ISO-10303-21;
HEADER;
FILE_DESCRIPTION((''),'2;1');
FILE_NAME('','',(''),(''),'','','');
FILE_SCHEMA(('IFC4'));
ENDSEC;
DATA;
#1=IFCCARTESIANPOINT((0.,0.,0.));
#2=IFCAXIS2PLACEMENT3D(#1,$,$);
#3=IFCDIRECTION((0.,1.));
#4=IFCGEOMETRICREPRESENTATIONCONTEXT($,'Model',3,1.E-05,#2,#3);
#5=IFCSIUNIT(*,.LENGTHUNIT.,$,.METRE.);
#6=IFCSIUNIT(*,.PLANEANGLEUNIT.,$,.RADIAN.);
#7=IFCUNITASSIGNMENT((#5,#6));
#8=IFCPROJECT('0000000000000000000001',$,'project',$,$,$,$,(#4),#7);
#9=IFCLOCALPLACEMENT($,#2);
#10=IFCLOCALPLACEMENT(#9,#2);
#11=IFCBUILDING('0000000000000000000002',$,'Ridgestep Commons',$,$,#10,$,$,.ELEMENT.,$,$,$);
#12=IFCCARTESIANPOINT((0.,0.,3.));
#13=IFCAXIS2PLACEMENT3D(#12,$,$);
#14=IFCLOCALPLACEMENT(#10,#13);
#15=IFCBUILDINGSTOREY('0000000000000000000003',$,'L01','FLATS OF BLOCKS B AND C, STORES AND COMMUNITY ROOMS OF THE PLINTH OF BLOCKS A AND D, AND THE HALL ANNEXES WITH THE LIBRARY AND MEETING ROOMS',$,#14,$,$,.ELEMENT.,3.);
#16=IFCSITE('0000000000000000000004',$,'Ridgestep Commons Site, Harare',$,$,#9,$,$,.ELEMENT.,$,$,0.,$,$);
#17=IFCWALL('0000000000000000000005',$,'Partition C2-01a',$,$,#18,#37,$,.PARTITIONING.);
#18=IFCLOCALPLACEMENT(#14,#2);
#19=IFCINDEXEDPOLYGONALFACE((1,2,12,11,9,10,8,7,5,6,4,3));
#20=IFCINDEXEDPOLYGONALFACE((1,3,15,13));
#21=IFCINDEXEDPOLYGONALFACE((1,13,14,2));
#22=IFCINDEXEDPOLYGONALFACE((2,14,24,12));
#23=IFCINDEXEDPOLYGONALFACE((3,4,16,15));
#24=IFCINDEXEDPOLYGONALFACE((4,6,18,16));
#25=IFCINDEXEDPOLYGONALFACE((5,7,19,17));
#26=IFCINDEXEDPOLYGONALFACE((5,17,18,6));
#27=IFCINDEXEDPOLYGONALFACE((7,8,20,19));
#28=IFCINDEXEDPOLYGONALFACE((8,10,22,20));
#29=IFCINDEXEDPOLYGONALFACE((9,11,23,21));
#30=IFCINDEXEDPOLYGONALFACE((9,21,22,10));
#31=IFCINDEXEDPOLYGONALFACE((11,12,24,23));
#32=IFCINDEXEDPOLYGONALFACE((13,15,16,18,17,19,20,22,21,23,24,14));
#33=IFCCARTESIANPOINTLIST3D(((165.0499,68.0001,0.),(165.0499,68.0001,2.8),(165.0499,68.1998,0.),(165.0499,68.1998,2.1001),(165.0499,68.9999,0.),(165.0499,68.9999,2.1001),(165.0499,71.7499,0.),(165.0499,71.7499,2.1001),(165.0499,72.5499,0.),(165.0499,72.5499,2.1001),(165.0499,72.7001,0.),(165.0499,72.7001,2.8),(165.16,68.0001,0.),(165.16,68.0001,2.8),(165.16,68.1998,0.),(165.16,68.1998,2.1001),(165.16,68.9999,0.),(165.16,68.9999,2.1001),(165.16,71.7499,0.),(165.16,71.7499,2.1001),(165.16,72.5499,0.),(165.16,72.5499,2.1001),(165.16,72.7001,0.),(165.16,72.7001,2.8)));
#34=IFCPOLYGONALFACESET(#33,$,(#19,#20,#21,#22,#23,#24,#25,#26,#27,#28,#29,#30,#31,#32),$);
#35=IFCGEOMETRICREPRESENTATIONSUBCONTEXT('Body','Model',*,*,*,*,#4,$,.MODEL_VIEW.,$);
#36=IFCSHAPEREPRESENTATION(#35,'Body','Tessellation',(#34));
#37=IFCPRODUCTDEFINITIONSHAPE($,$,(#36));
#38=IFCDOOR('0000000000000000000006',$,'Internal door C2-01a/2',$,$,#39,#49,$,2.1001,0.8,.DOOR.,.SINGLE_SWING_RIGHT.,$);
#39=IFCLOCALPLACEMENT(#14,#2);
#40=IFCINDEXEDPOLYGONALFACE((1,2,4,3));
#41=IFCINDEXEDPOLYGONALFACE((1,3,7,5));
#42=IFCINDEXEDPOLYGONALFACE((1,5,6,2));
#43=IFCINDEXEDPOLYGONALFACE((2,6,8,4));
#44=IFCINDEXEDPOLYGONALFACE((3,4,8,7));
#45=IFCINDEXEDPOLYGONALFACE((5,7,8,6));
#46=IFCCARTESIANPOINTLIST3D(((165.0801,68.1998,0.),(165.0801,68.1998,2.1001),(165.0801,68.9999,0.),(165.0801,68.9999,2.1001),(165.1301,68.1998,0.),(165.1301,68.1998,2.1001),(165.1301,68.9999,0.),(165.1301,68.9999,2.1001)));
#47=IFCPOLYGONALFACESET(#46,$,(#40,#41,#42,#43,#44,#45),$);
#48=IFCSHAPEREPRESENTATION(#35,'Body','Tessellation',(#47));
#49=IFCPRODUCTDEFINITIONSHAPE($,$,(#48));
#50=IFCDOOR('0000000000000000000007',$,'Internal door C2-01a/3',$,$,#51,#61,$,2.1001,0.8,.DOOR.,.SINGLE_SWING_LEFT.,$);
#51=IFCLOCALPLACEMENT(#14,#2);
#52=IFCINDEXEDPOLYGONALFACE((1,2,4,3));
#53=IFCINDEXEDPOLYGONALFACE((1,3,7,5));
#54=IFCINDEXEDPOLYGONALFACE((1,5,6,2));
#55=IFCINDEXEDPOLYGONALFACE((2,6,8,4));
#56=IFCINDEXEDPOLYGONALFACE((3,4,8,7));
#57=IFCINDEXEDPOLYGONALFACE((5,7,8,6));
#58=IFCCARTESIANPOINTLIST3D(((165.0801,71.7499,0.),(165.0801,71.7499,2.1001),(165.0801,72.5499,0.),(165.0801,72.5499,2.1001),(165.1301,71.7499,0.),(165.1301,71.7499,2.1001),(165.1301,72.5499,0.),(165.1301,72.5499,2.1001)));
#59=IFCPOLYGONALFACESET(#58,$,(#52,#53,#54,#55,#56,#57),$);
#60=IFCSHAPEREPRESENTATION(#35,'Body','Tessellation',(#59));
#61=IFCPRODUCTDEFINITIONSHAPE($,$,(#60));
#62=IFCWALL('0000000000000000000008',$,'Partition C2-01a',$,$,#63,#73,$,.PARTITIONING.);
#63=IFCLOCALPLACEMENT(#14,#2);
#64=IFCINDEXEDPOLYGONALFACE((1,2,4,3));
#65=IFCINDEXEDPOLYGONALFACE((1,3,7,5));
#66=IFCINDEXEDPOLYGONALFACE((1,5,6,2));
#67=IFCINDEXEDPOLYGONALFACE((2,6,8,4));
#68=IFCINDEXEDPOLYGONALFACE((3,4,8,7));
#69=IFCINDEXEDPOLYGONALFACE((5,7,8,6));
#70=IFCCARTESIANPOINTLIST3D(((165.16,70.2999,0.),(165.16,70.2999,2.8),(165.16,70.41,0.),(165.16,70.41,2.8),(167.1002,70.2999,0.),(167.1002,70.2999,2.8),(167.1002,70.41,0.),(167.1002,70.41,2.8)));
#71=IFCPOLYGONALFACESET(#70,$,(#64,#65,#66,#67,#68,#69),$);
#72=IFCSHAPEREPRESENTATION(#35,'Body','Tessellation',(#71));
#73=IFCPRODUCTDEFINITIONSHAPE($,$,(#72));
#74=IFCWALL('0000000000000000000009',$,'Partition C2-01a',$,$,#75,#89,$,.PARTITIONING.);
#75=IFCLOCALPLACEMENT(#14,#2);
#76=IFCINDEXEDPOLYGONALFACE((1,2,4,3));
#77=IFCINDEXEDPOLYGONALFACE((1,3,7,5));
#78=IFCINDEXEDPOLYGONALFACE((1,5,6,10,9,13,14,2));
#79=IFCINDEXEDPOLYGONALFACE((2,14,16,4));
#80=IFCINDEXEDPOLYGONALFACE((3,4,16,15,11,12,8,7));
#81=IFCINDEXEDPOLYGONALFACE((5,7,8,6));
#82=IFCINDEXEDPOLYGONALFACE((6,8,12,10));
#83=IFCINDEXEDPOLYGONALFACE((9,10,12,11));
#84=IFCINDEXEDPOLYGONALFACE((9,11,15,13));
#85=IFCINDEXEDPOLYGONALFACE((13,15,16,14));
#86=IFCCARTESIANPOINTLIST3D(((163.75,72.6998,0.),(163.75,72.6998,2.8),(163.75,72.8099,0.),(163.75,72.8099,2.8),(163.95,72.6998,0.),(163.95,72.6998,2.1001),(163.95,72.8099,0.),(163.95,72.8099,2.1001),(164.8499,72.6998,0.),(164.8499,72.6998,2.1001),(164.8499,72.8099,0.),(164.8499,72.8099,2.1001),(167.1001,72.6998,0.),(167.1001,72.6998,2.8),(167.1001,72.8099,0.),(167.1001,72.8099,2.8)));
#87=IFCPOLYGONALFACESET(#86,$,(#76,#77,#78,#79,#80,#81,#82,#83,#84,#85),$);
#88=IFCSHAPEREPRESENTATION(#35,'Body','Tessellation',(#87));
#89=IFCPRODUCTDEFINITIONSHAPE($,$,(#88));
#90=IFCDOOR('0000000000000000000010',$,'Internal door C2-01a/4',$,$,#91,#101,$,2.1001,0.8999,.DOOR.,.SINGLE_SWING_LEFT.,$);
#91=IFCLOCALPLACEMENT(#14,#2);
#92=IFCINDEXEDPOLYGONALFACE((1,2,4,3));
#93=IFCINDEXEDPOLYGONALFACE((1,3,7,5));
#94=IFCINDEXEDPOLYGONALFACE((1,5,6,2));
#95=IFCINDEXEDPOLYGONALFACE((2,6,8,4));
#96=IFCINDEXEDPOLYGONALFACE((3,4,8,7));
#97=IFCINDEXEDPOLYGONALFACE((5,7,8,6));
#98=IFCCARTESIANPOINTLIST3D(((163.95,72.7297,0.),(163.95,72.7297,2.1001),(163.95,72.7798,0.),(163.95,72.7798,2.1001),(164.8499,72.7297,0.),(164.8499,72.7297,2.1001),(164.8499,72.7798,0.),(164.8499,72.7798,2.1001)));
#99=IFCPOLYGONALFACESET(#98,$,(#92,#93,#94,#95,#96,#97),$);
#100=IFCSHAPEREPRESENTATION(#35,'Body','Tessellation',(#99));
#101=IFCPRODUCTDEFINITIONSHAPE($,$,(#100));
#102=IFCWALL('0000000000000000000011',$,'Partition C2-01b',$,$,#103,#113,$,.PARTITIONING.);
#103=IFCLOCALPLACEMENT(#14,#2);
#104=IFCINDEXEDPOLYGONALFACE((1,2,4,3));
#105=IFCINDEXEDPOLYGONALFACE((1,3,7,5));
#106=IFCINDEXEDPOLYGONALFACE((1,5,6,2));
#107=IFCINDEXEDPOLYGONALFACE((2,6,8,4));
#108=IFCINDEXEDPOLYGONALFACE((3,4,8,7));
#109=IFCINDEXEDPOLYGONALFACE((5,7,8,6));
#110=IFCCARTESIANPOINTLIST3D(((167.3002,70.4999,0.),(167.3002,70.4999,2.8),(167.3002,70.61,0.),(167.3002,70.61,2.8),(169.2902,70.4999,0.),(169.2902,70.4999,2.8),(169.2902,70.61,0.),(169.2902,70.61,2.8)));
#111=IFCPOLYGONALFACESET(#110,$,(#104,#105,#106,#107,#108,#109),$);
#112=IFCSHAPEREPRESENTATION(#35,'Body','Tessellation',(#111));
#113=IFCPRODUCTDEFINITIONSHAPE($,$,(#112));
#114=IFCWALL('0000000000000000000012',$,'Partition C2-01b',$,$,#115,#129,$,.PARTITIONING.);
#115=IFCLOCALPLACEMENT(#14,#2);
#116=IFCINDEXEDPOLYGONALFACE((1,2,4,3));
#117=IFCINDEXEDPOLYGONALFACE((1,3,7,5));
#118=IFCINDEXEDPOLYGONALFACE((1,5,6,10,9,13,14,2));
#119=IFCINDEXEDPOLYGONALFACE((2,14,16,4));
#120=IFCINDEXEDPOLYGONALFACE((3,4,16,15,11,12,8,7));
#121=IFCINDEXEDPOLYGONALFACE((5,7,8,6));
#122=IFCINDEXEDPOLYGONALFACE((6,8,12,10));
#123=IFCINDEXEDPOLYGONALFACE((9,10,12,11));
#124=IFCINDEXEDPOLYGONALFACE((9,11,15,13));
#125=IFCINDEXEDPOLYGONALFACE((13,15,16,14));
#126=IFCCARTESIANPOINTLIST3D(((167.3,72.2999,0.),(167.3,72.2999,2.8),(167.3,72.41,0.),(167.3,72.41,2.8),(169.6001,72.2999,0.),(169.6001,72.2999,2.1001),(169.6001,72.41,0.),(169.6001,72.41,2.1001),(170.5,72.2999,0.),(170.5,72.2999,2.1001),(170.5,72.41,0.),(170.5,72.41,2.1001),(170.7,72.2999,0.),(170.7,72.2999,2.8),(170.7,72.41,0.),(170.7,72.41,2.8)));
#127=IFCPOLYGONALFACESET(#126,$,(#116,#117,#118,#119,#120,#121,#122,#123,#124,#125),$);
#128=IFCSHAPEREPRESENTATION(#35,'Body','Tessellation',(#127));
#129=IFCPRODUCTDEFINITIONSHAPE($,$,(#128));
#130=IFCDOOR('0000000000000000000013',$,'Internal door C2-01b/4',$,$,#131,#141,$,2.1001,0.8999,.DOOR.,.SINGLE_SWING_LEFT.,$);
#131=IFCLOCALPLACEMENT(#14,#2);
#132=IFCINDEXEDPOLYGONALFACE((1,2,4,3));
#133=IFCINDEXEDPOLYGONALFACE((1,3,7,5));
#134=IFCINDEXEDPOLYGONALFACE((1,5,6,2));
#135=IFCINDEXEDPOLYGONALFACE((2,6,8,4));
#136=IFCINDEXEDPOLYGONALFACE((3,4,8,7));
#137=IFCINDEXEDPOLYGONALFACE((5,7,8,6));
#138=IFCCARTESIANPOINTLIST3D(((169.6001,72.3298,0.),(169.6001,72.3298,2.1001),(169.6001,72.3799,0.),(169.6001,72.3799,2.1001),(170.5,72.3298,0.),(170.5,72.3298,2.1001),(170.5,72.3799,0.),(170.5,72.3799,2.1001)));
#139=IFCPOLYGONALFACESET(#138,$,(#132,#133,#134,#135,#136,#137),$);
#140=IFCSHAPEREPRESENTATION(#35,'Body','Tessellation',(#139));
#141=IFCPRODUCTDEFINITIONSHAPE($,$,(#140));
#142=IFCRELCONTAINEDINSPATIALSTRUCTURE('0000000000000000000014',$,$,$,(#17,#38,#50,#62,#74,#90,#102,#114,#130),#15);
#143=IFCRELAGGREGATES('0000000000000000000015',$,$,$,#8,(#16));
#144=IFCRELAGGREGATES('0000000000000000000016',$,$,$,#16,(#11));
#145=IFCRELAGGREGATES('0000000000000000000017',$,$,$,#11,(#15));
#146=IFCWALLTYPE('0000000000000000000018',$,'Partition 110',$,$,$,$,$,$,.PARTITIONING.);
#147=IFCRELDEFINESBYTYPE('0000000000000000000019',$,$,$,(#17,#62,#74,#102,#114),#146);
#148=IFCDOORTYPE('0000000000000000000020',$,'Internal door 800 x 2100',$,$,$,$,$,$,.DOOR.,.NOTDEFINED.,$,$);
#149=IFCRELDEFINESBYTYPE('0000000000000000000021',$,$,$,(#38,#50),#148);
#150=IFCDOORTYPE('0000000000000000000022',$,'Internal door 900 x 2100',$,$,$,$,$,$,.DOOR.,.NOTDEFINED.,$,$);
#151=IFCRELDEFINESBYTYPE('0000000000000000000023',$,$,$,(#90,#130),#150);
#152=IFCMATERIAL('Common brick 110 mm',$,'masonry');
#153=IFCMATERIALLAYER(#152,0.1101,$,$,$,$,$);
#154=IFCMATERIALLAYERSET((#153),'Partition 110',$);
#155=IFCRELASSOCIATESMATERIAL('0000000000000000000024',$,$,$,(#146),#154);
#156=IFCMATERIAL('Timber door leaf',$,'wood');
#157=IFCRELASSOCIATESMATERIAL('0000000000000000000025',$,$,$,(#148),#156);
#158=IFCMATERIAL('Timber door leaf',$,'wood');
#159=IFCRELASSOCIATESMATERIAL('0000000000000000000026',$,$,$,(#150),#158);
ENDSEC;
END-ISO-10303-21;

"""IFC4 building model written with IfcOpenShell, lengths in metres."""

from ifc_helpers import new_model, si_unit, direction, frame, frame_2d, origin, place, context, subcontext, project, spatial, rectangle, extrude, material, layer, layer_set, type_object, element, fill, save


model = new_model("IFC4")

# Units and contexts
model_context = context("Model", 3, precision=1e-05, world=origin(), true_north=direction((0.0, 1.0)))
body_context = subcontext(model_context, "Body", "Model", "MODEL_VIEW")
ifc_project = project(units=[si_unit("LENGTHUNIT", "METRE"), si_unit("PLANEANGLEUNIT", "RADIAN")], contexts=[model_context])

# Site, building, storey
site_placement = place(None, origin())
site = spatial("IfcSite", under=ifc_project, at=site_placement, Name="Ridgestep Commons Site, Harare", CompositionType="ELEMENT", RefElevation=0.0)
building_placement = place(site_placement, origin())
building = spatial("IfcBuilding", under=site, at=building_placement, Name="Ridgestep Commons", CompositionType="ELEMENT")
storey_placement = place(building_placement, frame((0.0, 0.0, 3.0)))
storey = spatial("IfcBuildingStorey", under=building, at=storey_placement, Name="L01", Description="FLATS OF BLOCKS B AND C, STORES AND COMMUNITY ROOMS OF THE PLINTH OF BLOCKS A AND D, AND THE HALL ANNEXES WITH THE LIBRARY AND MEETING ROOMS", CompositionType="ELEMENT", Elevation=3.0)

# Wall, openings, doors
ifc_material_1 = material(Name="Common brick 110 mm", Category="masonry")
ifc_layer_1 = layer(ifc_material_1, 0.1101)
ifc_layer_set_1 = layer_set([ifc_layer_1], Name="Partition 110")
wall_type_1 = type_object("IfcWallType", Name="Partition 110", PredefinedType="PARTITIONING", material=ifc_layer_set_1)
wall_1_placement = place(storey_placement, frame((165.105, 68.0, 0.0), z_axis=(0.0, 0.0, 1.0), x_axis=(0.0, 1.0, 0.0)))
wall_1 = element("IfcWall", 1, at=wall_1_placement, inside=storey, type_object=wall_type_1, Name="Partition C2-01a", PredefinedType="PARTITIONING", context=body_context, shape_type="SweptSolid", body=[
    extrude(rectangle(XDim=4.7, YDim=0.1101, at=frame_2d((2.3501, 0.0))), origin(), (0.0, 0.0, 1.0), 2.8),
])
opening_1_placement = place(wall_1_placement, frame((0.2, 0.0, 0.0)))
opening_1 = element("IfcOpeningElement", 2, at=opening_1_placement, cuts=wall_1, PredefinedType="OPENING", context=body_context, shape_type="SweptSolid", body=[
    extrude(rectangle(XDim=0.8, YDim=2.1001, at=frame_2d((0.3999, 1.05))), frame((0.0, 0.0649, 0.0), z_axis=(0.0, -1.0, 0.0), x_axis=(1.0, 0.0, 0.0)), (0.0, 0.0, 1.0), 0.1301),
])
opening_2_placement = place(wall_1_placement, frame((3.75, 0.0, 0.0)))
opening_2 = element("IfcOpeningElement", 3, at=opening_2_placement, cuts=wall_1, PredefinedType="OPENING", context=body_context, shape_type="SweptSolid", body=[
    extrude(rectangle(XDim=0.8, YDim=2.1001, at=frame_2d((0.3999, 1.05))), frame((0.0, 0.0649, 0.0), z_axis=(0.0, -1.0, 0.0), x_axis=(1.0, 0.0, 0.0)), (0.0, 0.0, 1.0), 0.1301),
])
ifc_material_2 = material(Name="Timber door leaf", Category="wood")
door_type_1 = type_object("IfcDoorType", Name="Internal door 800 x 2100", OperationType="NOTDEFINED", PredefinedType="DOOR", material=ifc_material_2)
door_1_placement = place(opening_1_placement, origin())
door_1 = element("IfcDoor", 4, at=door_1_placement, inside=storey, type_object=door_type_1, Name="Internal door C2-01a/2", OperationType="SINGLE_SWING_RIGHT", OverallHeight=2.1001, OverallWidth=0.8, PredefinedType="DOOR", context=body_context, shape_type="SweptSolid", body=[
    extrude(rectangle(XDim=0.8, YDim=2.1001, at=frame_2d((0.3999, 1.05))), frame((0.0, 0.0249, 0.0), z_axis=(0.0, -1.0, 0.0), x_axis=(1.0, 0.0, 0.0)), (0.0, 0.0, 1.0), 0.05),
])
fill(opening_1, door_1)
door_2_placement = place(opening_2_placement, origin())
door_2 = element("IfcDoor", 5, at=door_2_placement, inside=storey, type_object=door_type_1, Name="Internal door C2-01a/3", OperationType="SINGLE_SWING_LEFT", OverallHeight=2.1001, OverallWidth=0.8, PredefinedType="DOOR", context=body_context, shape_type="SweptSolid", body=[
    extrude(rectangle(XDim=0.8, YDim=2.1001, at=frame_2d((0.3999, 1.05))), frame((0.0, 0.0249, 0.0), z_axis=(0.0, -1.0, 0.0), x_axis=(1.0, 0.0, 0.0)), (0.0, 0.0, 1.0), 0.05),
])
fill(opening_2, door_2)

# Wall
wall_2_placement = place(storey_placement, frame((165.1599, 70.355, 0.0), z_axis=(0.0, 0.0, 1.0), x_axis=(1.0, 0.0, 0.0)))
element("IfcWall", 6, at=wall_2_placement, inside=storey, type_object=wall_type_1, Name="Partition C2-01a", PredefinedType="PARTITIONING", context=body_context, shape_type="SweptSolid", body=[
    extrude(rectangle(XDim=1.9402, YDim=0.1101, at=frame_2d((0.9702, 0.0))), origin(), (0.0, 0.0, 1.0), 2.8),
])

# Wall, opening, door
wall_3_placement = place(storey_placement, frame((163.75, 72.7549, 0.0), z_axis=(0.0, 0.0, 1.0), x_axis=(1.0, 0.0, 0.0)))
wall_3 = element("IfcWall", 7, at=wall_3_placement, inside=storey, type_object=wall_type_1, Name="Partition C2-01a", PredefinedType="PARTITIONING", context=body_context, shape_type="SweptSolid", body=[
    extrude(rectangle(XDim=3.3501, YDim=0.1101, at=frame_2d((1.675, 0.0))), origin(), (0.0, 0.0, 1.0), 2.8),
])
opening_3_placement = place(wall_3_placement, frame((0.2, 0.0, 0.0)))
opening_3 = element("IfcOpeningElement", 8, at=opening_3_placement, cuts=wall_3, PredefinedType="OPENING", context=body_context, shape_type="SweptSolid", body=[
    extrude(rectangle(XDim=0.8999, YDim=2.1001, at=frame_2d((0.45, 1.05))), frame((0.0, 0.0649, 0.0), z_axis=(0.0, -1.0, 0.0), x_axis=(1.0, 0.0, 0.0)), (0.0, 0.0, 1.0), 0.1301),
])
ifc_material_3 = material(Name="Timber door leaf", Category="wood")
door_type_2 = type_object("IfcDoorType", Name="Internal door 900 x 2100", OperationType="NOTDEFINED", PredefinedType="DOOR", material=ifc_material_3)
door_3_placement = place(opening_3_placement, origin())
door_3 = element("IfcDoor", 9, at=door_3_placement, inside=storey, type_object=door_type_2, Name="Internal door C2-01a/4", OperationType="SINGLE_SWING_LEFT", OverallHeight=2.1001, OverallWidth=0.8999, PredefinedType="DOOR", context=body_context, shape_type="SweptSolid", body=[
    extrude(rectangle(XDim=0.8999, YDim=2.1001, at=frame_2d((0.45, 1.05))), frame((0.0, 0.0249, 0.0), z_axis=(0.0, -1.0, 0.0), x_axis=(1.0, 0.0, 0.0)), (0.0, 0.0, 1.0), 0.05),
])
fill(opening_3, door_3)

# Wall
wall_4_placement = place(storey_placement, frame((167.3, 70.5549, 0.0), z_axis=(0.0, 0.0, 1.0), x_axis=(1.0, 0.0, 0.0)))
element("IfcWall", 10, at=wall_4_placement, inside=storey, type_object=wall_type_1, Name="Partition C2-01b", PredefinedType="PARTITIONING", context=body_context, shape_type="SweptSolid", body=[
    extrude(rectangle(XDim=1.99, YDim=0.1101, at=frame_2d((0.9951, 0.0))), origin(), (0.0, 0.0, 1.0), 2.8),
])

# Wall, opening, door
wall_5_placement = place(storey_placement, frame((167.3, 72.355, 0.0), z_axis=(0.0, 0.0, 1.0), x_axis=(1.0, 0.0, 0.0)))
wall_5 = element("IfcWall", 11, at=wall_5_placement, inside=storey, type_object=wall_type_1, Name="Partition C2-01b", PredefinedType="PARTITIONING", context=body_context, shape_type="SweptSolid", body=[
    extrude(rectangle(XDim=3.3999, YDim=0.1101, at=frame_2d((1.7, 0.0))), origin(), (0.0, 0.0, 1.0), 2.8),
])
opening_4_placement = place(wall_5_placement, frame((2.3, 0.0, 0.0)))
opening_4 = element("IfcOpeningElement", 12, at=opening_4_placement, cuts=wall_5, PredefinedType="OPENING", context=body_context, shape_type="SweptSolid", body=[
    extrude(rectangle(XDim=0.8999, YDim=2.1001, at=frame_2d((0.45, 1.05))), frame((0.0, 0.0649, 0.0), z_axis=(0.0, -1.0, 0.0), x_axis=(1.0, 0.0, 0.0)), (0.0, 0.0, 1.0), 0.1301),
])
door_4_placement = place(opening_4_placement, origin())
door_4 = element("IfcDoor", 13, at=door_4_placement, inside=storey, type_object=door_type_2, Name="Internal door C2-01b/4", OperationType="SINGLE_SWING_LEFT", OverallHeight=2.1001, OverallWidth=0.8999, PredefinedType="DOOR", context=body_context, shape_type="SweptSolid", body=[
    extrude(rectangle(XDim=0.8999, YDim=2.1001, at=frame_2d((0.45, 1.05))), frame((0.0, 0.0249, 0.0), z_axis=(0.0, -1.0, 0.0), x_axis=(1.0, 0.0, 0.0)), (0.0, 0.0, 1.0), 0.05),
])
fill(opening_4, door_4)

save(model, "model.ifc")
